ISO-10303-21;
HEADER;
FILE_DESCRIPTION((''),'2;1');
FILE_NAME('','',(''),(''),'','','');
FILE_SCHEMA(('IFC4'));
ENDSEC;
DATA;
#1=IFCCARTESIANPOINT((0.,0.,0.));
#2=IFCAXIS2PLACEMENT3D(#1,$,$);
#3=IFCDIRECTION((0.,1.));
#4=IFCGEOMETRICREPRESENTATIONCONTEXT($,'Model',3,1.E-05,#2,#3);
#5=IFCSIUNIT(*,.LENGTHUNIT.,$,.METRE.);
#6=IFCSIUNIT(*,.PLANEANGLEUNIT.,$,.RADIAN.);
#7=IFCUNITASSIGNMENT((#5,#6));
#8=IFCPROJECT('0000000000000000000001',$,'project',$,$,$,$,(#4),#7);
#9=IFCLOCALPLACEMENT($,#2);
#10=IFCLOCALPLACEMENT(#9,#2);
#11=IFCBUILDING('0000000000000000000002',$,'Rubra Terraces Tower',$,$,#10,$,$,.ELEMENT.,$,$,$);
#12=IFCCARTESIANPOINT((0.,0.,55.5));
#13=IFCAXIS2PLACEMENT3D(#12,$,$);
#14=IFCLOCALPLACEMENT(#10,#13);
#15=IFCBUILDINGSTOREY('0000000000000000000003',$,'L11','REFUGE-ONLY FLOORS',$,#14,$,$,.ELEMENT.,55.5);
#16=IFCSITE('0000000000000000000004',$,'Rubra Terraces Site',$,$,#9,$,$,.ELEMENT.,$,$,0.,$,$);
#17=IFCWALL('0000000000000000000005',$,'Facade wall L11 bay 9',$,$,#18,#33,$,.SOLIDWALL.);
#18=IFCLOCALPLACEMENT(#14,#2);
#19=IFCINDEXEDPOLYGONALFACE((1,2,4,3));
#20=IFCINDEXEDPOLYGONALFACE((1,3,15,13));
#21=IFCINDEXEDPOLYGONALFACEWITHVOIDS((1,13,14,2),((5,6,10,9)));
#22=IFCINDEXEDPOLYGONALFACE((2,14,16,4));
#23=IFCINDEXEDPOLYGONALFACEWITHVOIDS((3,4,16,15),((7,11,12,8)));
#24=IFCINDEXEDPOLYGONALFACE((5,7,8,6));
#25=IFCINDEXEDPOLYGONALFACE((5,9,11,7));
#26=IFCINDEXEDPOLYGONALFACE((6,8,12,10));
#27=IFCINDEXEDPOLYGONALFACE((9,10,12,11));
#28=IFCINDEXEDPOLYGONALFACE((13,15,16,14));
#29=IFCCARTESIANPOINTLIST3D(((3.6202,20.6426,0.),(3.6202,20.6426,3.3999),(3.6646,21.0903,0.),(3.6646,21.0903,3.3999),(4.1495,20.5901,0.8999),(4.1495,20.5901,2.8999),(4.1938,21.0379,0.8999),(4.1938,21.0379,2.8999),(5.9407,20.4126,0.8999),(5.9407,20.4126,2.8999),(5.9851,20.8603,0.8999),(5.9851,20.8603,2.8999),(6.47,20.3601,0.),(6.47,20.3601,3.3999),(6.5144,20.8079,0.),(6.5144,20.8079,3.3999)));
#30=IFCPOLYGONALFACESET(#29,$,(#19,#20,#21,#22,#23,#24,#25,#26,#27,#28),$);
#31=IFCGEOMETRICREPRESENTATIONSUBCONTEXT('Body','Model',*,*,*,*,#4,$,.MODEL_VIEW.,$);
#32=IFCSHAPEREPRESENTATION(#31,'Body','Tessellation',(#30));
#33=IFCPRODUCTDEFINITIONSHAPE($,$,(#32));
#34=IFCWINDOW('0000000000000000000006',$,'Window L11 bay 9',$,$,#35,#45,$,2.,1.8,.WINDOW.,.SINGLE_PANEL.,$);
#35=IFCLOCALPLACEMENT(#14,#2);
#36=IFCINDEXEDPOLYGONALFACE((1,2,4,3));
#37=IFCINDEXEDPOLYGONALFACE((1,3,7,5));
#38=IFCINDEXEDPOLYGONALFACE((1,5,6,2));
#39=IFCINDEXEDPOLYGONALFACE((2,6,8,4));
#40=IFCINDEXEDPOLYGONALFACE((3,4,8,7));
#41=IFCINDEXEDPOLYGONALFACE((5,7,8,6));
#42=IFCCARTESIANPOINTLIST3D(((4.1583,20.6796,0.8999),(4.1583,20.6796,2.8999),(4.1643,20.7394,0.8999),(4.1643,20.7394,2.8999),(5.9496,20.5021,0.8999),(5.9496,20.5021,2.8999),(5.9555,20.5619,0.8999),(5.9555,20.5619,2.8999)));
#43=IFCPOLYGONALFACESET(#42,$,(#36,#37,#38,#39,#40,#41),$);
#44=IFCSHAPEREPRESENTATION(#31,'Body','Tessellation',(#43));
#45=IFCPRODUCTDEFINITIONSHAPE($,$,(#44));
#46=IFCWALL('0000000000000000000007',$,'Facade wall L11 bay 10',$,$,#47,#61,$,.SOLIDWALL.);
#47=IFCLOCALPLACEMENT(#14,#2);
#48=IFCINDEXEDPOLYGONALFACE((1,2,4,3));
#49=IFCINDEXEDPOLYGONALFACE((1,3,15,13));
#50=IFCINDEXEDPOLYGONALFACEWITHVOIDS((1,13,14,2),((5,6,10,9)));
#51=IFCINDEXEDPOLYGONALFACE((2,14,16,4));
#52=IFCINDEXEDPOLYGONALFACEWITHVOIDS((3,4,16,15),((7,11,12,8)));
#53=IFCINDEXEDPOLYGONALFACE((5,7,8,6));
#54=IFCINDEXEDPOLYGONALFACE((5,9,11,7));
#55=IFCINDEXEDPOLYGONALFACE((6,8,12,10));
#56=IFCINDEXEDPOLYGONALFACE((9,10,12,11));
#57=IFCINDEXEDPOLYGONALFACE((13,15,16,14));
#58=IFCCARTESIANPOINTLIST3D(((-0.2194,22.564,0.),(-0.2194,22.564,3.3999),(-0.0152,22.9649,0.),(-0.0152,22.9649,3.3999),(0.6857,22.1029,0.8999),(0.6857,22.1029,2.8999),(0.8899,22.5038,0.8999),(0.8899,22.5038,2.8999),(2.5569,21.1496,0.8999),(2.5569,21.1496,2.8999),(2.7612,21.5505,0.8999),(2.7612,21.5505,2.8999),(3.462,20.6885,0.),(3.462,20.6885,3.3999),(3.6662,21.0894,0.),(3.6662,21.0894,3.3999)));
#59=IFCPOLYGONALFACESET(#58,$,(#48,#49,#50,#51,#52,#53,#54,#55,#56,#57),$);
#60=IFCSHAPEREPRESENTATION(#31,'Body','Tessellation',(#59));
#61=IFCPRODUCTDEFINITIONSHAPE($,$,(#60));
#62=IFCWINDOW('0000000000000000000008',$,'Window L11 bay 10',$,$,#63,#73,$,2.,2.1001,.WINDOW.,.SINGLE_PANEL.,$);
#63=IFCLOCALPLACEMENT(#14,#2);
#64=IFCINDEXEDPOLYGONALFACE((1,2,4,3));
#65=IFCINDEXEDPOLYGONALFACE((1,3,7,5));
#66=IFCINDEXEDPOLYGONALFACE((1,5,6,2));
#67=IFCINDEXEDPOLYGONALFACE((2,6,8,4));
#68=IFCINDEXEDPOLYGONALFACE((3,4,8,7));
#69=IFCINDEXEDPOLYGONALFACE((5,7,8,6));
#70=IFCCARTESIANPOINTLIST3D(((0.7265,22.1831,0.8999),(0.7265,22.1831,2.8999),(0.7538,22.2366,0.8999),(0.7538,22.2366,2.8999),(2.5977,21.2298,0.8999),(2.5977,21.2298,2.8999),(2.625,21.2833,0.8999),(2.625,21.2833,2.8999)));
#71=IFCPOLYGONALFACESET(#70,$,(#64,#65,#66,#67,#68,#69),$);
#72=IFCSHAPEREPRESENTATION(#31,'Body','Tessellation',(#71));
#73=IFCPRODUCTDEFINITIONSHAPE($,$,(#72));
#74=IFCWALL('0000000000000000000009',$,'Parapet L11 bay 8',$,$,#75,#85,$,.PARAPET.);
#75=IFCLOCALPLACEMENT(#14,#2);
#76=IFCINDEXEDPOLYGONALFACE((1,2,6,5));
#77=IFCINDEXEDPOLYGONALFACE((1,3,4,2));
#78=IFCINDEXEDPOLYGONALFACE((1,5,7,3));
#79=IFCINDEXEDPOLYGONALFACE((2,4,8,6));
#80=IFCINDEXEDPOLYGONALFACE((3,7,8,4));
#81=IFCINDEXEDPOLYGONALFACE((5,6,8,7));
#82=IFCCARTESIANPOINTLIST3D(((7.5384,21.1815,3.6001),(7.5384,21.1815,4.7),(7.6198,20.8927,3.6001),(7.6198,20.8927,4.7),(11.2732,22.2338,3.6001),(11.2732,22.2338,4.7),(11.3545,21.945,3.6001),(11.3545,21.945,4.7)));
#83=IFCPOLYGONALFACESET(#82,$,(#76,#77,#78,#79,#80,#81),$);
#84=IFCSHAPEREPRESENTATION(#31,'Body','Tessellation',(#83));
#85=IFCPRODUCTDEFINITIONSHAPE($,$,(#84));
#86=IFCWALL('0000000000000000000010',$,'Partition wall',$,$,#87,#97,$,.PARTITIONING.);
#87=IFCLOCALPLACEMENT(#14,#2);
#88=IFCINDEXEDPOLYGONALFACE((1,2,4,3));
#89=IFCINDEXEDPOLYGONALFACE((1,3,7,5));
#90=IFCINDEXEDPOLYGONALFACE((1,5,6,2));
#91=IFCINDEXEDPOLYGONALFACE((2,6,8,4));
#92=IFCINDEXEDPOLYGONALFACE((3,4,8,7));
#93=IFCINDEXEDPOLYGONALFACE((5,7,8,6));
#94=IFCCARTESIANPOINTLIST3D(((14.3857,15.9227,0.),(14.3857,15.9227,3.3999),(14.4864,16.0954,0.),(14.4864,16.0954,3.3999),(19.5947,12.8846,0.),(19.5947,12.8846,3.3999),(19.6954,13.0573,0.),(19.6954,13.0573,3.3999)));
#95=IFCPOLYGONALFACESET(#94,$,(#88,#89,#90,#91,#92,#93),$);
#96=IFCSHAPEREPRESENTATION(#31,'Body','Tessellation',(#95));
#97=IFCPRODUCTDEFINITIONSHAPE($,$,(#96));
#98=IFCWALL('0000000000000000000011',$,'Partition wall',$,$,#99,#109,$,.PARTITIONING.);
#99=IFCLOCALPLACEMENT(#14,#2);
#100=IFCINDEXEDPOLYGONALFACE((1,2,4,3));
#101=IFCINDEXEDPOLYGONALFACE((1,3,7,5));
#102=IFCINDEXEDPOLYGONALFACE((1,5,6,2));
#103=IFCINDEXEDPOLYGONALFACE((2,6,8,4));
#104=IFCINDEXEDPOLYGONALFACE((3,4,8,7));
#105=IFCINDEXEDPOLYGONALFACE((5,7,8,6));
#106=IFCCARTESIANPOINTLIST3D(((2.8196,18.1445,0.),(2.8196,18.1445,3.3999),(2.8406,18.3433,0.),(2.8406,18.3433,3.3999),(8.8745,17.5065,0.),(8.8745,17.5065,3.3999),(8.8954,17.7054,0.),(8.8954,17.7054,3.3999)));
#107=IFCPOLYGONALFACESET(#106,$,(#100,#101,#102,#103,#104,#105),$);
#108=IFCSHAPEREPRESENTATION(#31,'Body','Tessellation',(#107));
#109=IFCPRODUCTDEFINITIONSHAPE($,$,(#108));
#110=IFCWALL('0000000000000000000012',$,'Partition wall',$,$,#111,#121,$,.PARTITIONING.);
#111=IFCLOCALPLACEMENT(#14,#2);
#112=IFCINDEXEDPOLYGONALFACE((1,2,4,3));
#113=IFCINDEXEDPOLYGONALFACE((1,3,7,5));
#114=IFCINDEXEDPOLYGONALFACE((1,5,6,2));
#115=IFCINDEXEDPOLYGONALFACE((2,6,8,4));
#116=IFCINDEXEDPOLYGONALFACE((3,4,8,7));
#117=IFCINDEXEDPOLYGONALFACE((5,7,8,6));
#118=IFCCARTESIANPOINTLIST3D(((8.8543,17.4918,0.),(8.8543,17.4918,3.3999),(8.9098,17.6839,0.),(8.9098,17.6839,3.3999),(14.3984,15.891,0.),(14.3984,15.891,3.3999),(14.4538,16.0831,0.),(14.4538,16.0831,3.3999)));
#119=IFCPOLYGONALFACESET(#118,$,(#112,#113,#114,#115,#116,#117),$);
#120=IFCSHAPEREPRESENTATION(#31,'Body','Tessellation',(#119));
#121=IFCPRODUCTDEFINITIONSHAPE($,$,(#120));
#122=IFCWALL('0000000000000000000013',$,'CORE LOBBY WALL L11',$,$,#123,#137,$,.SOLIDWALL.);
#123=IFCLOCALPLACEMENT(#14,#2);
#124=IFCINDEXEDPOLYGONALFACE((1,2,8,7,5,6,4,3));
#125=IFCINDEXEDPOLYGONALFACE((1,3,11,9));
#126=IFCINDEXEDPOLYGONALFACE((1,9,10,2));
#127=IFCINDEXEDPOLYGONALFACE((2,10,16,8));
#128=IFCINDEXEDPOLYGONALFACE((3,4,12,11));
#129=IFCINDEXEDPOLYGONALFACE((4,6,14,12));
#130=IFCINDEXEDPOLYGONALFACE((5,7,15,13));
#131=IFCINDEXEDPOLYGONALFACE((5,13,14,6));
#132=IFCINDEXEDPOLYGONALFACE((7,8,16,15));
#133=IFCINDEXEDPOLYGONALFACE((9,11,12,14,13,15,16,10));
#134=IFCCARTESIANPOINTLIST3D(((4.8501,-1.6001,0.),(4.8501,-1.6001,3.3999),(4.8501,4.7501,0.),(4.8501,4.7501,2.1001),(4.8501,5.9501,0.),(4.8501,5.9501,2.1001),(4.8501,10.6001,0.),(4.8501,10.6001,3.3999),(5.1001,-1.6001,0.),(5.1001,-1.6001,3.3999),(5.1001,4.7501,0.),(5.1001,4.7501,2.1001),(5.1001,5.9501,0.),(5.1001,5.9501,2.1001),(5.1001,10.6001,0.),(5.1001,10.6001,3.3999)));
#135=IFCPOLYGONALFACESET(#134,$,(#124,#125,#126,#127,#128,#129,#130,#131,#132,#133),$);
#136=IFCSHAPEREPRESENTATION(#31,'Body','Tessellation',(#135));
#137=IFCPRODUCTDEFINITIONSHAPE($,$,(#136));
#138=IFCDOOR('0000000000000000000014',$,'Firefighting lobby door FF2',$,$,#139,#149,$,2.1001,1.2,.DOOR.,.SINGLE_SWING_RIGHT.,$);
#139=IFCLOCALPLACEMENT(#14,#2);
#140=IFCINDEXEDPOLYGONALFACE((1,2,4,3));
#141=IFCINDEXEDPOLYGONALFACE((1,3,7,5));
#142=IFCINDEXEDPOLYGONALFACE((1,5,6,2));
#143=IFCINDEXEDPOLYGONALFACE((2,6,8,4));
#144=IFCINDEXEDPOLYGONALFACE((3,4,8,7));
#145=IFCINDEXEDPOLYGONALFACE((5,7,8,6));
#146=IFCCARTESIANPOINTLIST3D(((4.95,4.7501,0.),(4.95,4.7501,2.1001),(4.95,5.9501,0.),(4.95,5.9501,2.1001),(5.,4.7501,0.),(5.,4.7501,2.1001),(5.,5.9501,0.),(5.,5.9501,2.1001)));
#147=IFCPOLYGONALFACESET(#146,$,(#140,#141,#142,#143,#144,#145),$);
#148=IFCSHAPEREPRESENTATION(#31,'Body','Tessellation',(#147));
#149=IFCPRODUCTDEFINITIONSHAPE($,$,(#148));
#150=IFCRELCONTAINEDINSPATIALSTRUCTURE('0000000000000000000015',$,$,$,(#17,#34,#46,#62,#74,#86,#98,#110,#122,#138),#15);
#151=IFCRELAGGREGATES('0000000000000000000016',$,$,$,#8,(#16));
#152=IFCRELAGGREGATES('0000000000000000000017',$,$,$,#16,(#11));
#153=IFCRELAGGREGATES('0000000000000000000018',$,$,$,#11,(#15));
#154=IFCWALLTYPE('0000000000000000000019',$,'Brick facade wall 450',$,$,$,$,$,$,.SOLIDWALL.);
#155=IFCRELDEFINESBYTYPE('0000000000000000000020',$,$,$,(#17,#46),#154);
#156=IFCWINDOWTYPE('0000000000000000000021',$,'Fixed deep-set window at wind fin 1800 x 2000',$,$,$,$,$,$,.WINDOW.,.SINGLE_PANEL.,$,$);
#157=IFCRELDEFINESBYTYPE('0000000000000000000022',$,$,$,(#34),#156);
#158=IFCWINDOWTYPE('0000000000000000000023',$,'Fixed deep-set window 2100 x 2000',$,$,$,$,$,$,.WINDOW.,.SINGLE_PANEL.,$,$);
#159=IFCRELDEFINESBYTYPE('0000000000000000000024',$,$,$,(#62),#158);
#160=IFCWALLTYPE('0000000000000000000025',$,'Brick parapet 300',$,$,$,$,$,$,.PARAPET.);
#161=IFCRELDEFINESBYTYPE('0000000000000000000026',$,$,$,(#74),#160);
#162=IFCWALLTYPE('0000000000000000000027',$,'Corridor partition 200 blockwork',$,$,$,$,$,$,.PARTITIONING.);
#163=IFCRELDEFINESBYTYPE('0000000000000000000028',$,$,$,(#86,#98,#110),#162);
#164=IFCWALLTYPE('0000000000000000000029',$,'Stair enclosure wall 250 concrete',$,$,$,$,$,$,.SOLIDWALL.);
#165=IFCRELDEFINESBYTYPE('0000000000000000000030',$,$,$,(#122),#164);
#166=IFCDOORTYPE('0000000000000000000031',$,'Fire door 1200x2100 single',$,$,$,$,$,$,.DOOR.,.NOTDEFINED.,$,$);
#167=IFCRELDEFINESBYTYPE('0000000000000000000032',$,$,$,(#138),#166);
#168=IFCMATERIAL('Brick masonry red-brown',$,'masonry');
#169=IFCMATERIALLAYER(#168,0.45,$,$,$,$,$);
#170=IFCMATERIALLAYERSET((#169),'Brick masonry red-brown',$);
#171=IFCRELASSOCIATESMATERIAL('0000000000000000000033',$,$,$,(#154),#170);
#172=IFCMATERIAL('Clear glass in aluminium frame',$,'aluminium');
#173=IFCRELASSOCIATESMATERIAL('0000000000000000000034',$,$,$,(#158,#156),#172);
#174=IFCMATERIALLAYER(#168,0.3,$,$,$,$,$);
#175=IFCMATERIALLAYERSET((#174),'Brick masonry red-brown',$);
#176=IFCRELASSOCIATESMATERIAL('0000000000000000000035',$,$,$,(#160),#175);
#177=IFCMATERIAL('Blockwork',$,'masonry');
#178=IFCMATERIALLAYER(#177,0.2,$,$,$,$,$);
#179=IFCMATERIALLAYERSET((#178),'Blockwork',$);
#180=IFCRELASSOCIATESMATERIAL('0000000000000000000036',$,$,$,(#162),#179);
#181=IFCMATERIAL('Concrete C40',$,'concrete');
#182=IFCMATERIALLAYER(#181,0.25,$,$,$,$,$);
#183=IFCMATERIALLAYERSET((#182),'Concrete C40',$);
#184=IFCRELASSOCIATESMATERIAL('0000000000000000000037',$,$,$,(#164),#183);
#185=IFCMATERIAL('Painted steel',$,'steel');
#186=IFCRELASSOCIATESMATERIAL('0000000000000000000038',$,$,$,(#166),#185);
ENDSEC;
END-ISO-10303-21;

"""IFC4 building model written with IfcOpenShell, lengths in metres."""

from ifc_helpers import new_model, si_unit, direction, frame, frame_2d, origin, place, context, subcontext, project, spatial, rectangle, extrude, material, layer, layer_set, type_object, element, fill, save


model = new_model("IFC4")

# Units and contexts
model_context = context("Model", 3, precision=1e-05, world=origin(), true_north=direction((0.0, 1.0)))
body_context = subcontext(model_context, "Body", "Model", "MODEL_VIEW")
ifc_project = project(units=[si_unit("LENGTHUNIT", "METRE"), si_unit("PLANEANGLEUNIT", "RADIAN")], contexts=[model_context])

# Site, building, storey
site_placement = place(None, origin())
site = spatial("IfcSite", under=ifc_project, at=site_placement, Name="Rubra Terraces Site", CompositionType="ELEMENT", RefElevation=0.0)
building_placement = place(site_placement, origin())
building = spatial("IfcBuilding", under=site, at=building_placement, Name="Rubra Terraces Tower", CompositionType="ELEMENT")
storey_placement = place(building_placement, frame((0.0, 0.0, 55.5)))
storey = spatial("IfcBuildingStorey", under=building, at=storey_placement, Name="L11", Description="REFUGE-ONLY FLOORS", CompositionType="ELEMENT", Elevation=55.5)

# Walls, openings, windows
ifc_material_1 = material(Name="Brick masonry red-brown", Category="masonry")
ifc_layer_1 = layer(ifc_material_1, 0.45)
ifc_layer_set_1 = layer_set([ifc_layer_1], Name="Brick masonry red-brown")
wall_type_1 = type_object("IfcWallType", Name="Brick facade wall 450", PredefinedType="SOLIDWALL", material=ifc_layer_set_1)
ifc_material_2 = material(Name="Clear glass in aluminium frame", Category="aluminium")
window_type_1 = type_object("IfcWindowType", Name="Fixed deep-set window 2100 x 2000", PartitioningType="SINGLE_PANEL", PredefinedType="WINDOW", material=ifc_material_2)
wall_1_placement = place(storey_placement, frame((6.4922, 20.584, 0.0), z_axis=(0.0, 0.0, 1.0), x_axis=(-0.995124, 0.098634, 0.0)))
wall_1 = element("IfcWall", 1, at=wall_1_placement, inside=storey, type_object=wall_type_1, Name="Facade wall L11 bay 9", PredefinedType="SOLIDWALL", context=body_context, shape_type="SweptSolid", body=[
    extrude(rectangle(XDim=2.8638, YDim=0.45, at=frame_2d((1.4319, 0.0))), origin(), (0.0, 0.0, 1.0), 3.3999),
])
opening_1_placement = place(wall_1_placement, frame((0.532, 0.0, 0.8999)))
opening_1 = element("IfcOpeningElement", 2, at=opening_1_placement, cuts=wall_1, PredefinedType="OPENING", context=body_context, shape_type="SweptSolid", body=[
    extrude(rectangle(XDim=1.8, YDim=2.0, at=frame_2d((0.8999, 1.0))), frame((0.0, 0.2349, 0.0), z_axis=(0.0, -1.0, 0.0), x_axis=(1.0, 0.0, 0.0)), (0.0, 0.0, 1.0), 0.47),
])
window_type_2 = type_object("IfcWindowType", Name="Fixed deep-set window at wind fin 1800 x 2000", PartitioningType="SINGLE_PANEL", PredefinedType="WINDOW", material=ifc_material_2)
window_1_placement = place(opening_1_placement, origin())
window_1 = element("IfcWindow", 3, at=window_1_placement, inside=storey, type_object=window_type_2, Name="Window L11 bay 9", OverallHeight=2.0, OverallWidth=1.8, PartitioningType="SINGLE_PANEL", PredefinedType="WINDOW", context=body_context, shape_type="SweptSolid", body=[
    extrude(rectangle(XDim=1.8, YDim=2.0, at=frame_2d((0.8999, 1.0))), frame((0.0, 0.135, 0.0), z_axis=(0.0, -1.0, 0.0), x_axis=(1.0, 0.0, 0.0)), (0.0, 0.0, 1.0), 0.0601),
])
fill(opening_1, window_1)
wall_2_placement = place(storey_placement, frame((3.5642, 20.8889, 0.0), z_axis=(0.0, 0.0, 1.0), x_axis=(-0.891034, 0.453937, 0.0)))
wall_2 = element("IfcWall", 4, at=wall_2_placement, inside=storey, type_object=wall_type_1, Name="Facade wall L11 bay 10", PredefinedType="SOLIDWALL", context=body_context, shape_type="SweptSolid", body=[
    extrude(rectangle(XDim=4.1316, YDim=0.45, at=frame_2d((2.0659, 0.0))), origin(), (0.0, 0.0, 1.0), 3.3999),
])
opening_2_placement = place(wall_2_placement, frame((1.0159, 0.0, 0.8999)))
opening_2 = element("IfcOpeningElement", 5, at=opening_2_placement, cuts=wall_2, PredefinedType="OPENING", context=body_context, shape_type="SweptSolid", body=[
    extrude(rectangle(XDim=2.1001, YDim=2.0, at=frame_2d((1.05, 1.0))), frame((0.0, 0.2349, 0.0), z_axis=(0.0, -1.0, 0.0), x_axis=(1.0, 0.0, 0.0)), (0.0, 0.0, 1.0), 0.47),
])
window_2_placement = place(opening_2_placement, origin())
window_2 = element("IfcWindow", 6, at=window_2_placement, inside=storey, type_object=window_type_1, Name="Window L11 bay 10", OverallHeight=2.0, OverallWidth=2.1001, PartitioningType="SINGLE_PANEL", PredefinedType="WINDOW", context=body_context, shape_type="SweptSolid", body=[
    extrude(rectangle(XDim=2.1001, YDim=2.0, at=frame_2d((1.05, 1.0))), frame((0.0, 0.135, 0.0), z_axis=(0.0, -1.0, 0.0), x_axis=(1.0, 0.0, 0.0)), (0.0, 0.0, 1.0), 0.0601),
])
fill(opening_2, window_2)

# Walls
ifc_layer_2 = layer(ifc_material_1, 0.3)
ifc_layer_set_2 = layer_set([ifc_layer_2], Name="Brick masonry red-brown")
wall_type_2 = type_object("IfcWallType", Name="Brick parapet 300", PredefinedType="PARAPET", material=ifc_layer_set_2)
wall_3_placement = place(storey_placement, frame((11.3137, 22.0894, 3.6001), z_axis=(0.0, 0.0, 1.0), x_axis=(-0.962524, -0.271196, 0.0)))
element("IfcWall", 7, at=wall_3_placement, inside=storey, type_object=wall_type_2, Name="Parapet L11 bay 8", PredefinedType="PARAPET", context=body_context, shape_type="SweptSolid", body=[
    extrude(rectangle(XDim=3.8801, YDim=0.3, at=frame_2d((1.9399, 0.0))), origin(), (0.0, 0.0, 1.0), 1.0999),
])
ifc_material_3 = material(Name="Blockwork", Category="masonry")
ifc_layer_3 = layer(ifc_material_3, 0.2)
ifc_layer_set_3 = layer_set([ifc_layer_3], Name="Blockwork")
wall_type_3 = type_object("IfcWallType", Name="Corridor partition 200 blockwork", PredefinedType="PARTITIONING", material=ifc_layer_set_3)
wall_4_placement = place(storey_placement, frame((14.436, 16.009, 0.0), z_axis=(0.0, 0.0, 1.0), x_axis=(0.863814, -0.503811, 0.0)))
element("IfcWall", 8, at=wall_4_placement, inside=storey, type_object=wall_type_3, Name="Partition wall", PredefinedType="PARTITIONING", context=body_context, shape_type="SweptSolid", body=[
    extrude(rectangle(XDim=6.0303, YDim=0.2, at=frame_2d((3.0151, 0.0))), origin(), (0.0, 0.0, 1.0), 3.3999),
])
wall_5_placement = place(storey_placement, frame((2.8301, 18.2439, 0.0), z_axis=(0.0, 0.0, 1.0), x_axis=(0.994496, -0.104779, 0.0)))
element("IfcWall", 9, at=wall_5_placement, inside=storey, type_object=wall_type_3, Name="Partition wall", PredefinedType="PARTITIONING", context=body_context, shape_type="SweptSolid", body=[
    extrude(rectangle(XDim=6.0884, YDim=0.2, at=frame_2d((3.0442, 0.0))), origin(), (0.0, 0.0, 1.0), 3.3999),
])
wall_6_placement = place(storey_placement, frame((8.8821, 17.5879, 0.0), z_axis=(0.0, 0.0, 1.0), x_axis=(0.960749, -0.277419, 0.0)))
element("IfcWall", 10, at=wall_6_placement, inside=storey, type_object=wall_type_3, Name="Partition wall", PredefinedType="PARTITIONING", context=body_context, shape_type="SweptSolid", body=[
    extrude(rectangle(XDim=5.7705, YDim=0.2, at=frame_2d((2.8853, 0.0))), origin(), (0.0, 0.0, 1.0), 3.3999),
])

# Wall, opening, door
ifc_material_4 = material(Name="Concrete C40", Category="concrete")
ifc_layer_4 = layer(ifc_material_4, 0.25)
ifc_layer_set_4 = layer_set([ifc_layer_4], Name="Concrete C40")
wall_type_4 = type_object("IfcWallType", Name="Stair enclosure wall 250 concrete", PredefinedType="SOLIDWALL", material=ifc_layer_set_4)
wall_7_placement = place(storey_placement, frame((4.9751, 10.6001, 0.0), z_axis=(0.0, 0.0, 1.0), x_axis=(0.0, -1.0, 0.0)))
wall_7 = element("IfcWall", 11, at=wall_7_placement, inside=storey, type_object=wall_type_4, Name="CORE LOBBY WALL L11", PredefinedType="SOLIDWALL", context=body_context, shape_type="SweptSolid", body=[
    extrude(rectangle(XDim=12.2002, YDim=0.25, at=frame_2d((6.1001, 0.0))), origin(), (0.0, 0.0, 1.0), 3.3999),
])
opening_3_placement = place(wall_7_placement, frame((4.6499, 0.0, 0.0)))
opening_3 = element("IfcOpeningElement", 12, at=opening_3_placement, cuts=wall_7, PredefinedType="OPENING", context=body_context, shape_type="SweptSolid", body=[
    extrude(rectangle(XDim=1.2, YDim=2.1001, at=frame_2d((0.6001, 1.05))), frame((0.0, 0.135, 0.0), z_axis=(0.0, -1.0, 0.0), x_axis=(1.0, 0.0, 0.0)), (0.0, 0.0, 1.0), 0.27),
])
ifc_material_5 = material(Name="Painted steel", Category="steel")
door_type = type_object("IfcDoorType", Name="Fire door 1200x2100 single", OperationType="NOTDEFINED", PredefinedType="DOOR", material=ifc_material_5)
door_placement = place(opening_3_placement, origin())
door = element("IfcDoor", 13, at=door_placement, inside=storey, type_object=door_type, Name="Firefighting lobby door FF2", OperationType="SINGLE_SWING_RIGHT", OverallHeight=2.1001, OverallWidth=1.2, PredefinedType="DOOR", context=body_context, shape_type="SweptSolid", body=[
    extrude(rectangle(XDim=1.2, YDim=2.1001, at=frame_2d((0.6001, 1.05))), frame((0.0, 0.0249, 0.0), z_axis=(0.0, -1.0, 0.0), x_axis=(1.0, 0.0, 0.0)), (0.0, 0.0, 1.0), 0.05),
])
fill(opening_3, door)

save(model, "model.ifc")
